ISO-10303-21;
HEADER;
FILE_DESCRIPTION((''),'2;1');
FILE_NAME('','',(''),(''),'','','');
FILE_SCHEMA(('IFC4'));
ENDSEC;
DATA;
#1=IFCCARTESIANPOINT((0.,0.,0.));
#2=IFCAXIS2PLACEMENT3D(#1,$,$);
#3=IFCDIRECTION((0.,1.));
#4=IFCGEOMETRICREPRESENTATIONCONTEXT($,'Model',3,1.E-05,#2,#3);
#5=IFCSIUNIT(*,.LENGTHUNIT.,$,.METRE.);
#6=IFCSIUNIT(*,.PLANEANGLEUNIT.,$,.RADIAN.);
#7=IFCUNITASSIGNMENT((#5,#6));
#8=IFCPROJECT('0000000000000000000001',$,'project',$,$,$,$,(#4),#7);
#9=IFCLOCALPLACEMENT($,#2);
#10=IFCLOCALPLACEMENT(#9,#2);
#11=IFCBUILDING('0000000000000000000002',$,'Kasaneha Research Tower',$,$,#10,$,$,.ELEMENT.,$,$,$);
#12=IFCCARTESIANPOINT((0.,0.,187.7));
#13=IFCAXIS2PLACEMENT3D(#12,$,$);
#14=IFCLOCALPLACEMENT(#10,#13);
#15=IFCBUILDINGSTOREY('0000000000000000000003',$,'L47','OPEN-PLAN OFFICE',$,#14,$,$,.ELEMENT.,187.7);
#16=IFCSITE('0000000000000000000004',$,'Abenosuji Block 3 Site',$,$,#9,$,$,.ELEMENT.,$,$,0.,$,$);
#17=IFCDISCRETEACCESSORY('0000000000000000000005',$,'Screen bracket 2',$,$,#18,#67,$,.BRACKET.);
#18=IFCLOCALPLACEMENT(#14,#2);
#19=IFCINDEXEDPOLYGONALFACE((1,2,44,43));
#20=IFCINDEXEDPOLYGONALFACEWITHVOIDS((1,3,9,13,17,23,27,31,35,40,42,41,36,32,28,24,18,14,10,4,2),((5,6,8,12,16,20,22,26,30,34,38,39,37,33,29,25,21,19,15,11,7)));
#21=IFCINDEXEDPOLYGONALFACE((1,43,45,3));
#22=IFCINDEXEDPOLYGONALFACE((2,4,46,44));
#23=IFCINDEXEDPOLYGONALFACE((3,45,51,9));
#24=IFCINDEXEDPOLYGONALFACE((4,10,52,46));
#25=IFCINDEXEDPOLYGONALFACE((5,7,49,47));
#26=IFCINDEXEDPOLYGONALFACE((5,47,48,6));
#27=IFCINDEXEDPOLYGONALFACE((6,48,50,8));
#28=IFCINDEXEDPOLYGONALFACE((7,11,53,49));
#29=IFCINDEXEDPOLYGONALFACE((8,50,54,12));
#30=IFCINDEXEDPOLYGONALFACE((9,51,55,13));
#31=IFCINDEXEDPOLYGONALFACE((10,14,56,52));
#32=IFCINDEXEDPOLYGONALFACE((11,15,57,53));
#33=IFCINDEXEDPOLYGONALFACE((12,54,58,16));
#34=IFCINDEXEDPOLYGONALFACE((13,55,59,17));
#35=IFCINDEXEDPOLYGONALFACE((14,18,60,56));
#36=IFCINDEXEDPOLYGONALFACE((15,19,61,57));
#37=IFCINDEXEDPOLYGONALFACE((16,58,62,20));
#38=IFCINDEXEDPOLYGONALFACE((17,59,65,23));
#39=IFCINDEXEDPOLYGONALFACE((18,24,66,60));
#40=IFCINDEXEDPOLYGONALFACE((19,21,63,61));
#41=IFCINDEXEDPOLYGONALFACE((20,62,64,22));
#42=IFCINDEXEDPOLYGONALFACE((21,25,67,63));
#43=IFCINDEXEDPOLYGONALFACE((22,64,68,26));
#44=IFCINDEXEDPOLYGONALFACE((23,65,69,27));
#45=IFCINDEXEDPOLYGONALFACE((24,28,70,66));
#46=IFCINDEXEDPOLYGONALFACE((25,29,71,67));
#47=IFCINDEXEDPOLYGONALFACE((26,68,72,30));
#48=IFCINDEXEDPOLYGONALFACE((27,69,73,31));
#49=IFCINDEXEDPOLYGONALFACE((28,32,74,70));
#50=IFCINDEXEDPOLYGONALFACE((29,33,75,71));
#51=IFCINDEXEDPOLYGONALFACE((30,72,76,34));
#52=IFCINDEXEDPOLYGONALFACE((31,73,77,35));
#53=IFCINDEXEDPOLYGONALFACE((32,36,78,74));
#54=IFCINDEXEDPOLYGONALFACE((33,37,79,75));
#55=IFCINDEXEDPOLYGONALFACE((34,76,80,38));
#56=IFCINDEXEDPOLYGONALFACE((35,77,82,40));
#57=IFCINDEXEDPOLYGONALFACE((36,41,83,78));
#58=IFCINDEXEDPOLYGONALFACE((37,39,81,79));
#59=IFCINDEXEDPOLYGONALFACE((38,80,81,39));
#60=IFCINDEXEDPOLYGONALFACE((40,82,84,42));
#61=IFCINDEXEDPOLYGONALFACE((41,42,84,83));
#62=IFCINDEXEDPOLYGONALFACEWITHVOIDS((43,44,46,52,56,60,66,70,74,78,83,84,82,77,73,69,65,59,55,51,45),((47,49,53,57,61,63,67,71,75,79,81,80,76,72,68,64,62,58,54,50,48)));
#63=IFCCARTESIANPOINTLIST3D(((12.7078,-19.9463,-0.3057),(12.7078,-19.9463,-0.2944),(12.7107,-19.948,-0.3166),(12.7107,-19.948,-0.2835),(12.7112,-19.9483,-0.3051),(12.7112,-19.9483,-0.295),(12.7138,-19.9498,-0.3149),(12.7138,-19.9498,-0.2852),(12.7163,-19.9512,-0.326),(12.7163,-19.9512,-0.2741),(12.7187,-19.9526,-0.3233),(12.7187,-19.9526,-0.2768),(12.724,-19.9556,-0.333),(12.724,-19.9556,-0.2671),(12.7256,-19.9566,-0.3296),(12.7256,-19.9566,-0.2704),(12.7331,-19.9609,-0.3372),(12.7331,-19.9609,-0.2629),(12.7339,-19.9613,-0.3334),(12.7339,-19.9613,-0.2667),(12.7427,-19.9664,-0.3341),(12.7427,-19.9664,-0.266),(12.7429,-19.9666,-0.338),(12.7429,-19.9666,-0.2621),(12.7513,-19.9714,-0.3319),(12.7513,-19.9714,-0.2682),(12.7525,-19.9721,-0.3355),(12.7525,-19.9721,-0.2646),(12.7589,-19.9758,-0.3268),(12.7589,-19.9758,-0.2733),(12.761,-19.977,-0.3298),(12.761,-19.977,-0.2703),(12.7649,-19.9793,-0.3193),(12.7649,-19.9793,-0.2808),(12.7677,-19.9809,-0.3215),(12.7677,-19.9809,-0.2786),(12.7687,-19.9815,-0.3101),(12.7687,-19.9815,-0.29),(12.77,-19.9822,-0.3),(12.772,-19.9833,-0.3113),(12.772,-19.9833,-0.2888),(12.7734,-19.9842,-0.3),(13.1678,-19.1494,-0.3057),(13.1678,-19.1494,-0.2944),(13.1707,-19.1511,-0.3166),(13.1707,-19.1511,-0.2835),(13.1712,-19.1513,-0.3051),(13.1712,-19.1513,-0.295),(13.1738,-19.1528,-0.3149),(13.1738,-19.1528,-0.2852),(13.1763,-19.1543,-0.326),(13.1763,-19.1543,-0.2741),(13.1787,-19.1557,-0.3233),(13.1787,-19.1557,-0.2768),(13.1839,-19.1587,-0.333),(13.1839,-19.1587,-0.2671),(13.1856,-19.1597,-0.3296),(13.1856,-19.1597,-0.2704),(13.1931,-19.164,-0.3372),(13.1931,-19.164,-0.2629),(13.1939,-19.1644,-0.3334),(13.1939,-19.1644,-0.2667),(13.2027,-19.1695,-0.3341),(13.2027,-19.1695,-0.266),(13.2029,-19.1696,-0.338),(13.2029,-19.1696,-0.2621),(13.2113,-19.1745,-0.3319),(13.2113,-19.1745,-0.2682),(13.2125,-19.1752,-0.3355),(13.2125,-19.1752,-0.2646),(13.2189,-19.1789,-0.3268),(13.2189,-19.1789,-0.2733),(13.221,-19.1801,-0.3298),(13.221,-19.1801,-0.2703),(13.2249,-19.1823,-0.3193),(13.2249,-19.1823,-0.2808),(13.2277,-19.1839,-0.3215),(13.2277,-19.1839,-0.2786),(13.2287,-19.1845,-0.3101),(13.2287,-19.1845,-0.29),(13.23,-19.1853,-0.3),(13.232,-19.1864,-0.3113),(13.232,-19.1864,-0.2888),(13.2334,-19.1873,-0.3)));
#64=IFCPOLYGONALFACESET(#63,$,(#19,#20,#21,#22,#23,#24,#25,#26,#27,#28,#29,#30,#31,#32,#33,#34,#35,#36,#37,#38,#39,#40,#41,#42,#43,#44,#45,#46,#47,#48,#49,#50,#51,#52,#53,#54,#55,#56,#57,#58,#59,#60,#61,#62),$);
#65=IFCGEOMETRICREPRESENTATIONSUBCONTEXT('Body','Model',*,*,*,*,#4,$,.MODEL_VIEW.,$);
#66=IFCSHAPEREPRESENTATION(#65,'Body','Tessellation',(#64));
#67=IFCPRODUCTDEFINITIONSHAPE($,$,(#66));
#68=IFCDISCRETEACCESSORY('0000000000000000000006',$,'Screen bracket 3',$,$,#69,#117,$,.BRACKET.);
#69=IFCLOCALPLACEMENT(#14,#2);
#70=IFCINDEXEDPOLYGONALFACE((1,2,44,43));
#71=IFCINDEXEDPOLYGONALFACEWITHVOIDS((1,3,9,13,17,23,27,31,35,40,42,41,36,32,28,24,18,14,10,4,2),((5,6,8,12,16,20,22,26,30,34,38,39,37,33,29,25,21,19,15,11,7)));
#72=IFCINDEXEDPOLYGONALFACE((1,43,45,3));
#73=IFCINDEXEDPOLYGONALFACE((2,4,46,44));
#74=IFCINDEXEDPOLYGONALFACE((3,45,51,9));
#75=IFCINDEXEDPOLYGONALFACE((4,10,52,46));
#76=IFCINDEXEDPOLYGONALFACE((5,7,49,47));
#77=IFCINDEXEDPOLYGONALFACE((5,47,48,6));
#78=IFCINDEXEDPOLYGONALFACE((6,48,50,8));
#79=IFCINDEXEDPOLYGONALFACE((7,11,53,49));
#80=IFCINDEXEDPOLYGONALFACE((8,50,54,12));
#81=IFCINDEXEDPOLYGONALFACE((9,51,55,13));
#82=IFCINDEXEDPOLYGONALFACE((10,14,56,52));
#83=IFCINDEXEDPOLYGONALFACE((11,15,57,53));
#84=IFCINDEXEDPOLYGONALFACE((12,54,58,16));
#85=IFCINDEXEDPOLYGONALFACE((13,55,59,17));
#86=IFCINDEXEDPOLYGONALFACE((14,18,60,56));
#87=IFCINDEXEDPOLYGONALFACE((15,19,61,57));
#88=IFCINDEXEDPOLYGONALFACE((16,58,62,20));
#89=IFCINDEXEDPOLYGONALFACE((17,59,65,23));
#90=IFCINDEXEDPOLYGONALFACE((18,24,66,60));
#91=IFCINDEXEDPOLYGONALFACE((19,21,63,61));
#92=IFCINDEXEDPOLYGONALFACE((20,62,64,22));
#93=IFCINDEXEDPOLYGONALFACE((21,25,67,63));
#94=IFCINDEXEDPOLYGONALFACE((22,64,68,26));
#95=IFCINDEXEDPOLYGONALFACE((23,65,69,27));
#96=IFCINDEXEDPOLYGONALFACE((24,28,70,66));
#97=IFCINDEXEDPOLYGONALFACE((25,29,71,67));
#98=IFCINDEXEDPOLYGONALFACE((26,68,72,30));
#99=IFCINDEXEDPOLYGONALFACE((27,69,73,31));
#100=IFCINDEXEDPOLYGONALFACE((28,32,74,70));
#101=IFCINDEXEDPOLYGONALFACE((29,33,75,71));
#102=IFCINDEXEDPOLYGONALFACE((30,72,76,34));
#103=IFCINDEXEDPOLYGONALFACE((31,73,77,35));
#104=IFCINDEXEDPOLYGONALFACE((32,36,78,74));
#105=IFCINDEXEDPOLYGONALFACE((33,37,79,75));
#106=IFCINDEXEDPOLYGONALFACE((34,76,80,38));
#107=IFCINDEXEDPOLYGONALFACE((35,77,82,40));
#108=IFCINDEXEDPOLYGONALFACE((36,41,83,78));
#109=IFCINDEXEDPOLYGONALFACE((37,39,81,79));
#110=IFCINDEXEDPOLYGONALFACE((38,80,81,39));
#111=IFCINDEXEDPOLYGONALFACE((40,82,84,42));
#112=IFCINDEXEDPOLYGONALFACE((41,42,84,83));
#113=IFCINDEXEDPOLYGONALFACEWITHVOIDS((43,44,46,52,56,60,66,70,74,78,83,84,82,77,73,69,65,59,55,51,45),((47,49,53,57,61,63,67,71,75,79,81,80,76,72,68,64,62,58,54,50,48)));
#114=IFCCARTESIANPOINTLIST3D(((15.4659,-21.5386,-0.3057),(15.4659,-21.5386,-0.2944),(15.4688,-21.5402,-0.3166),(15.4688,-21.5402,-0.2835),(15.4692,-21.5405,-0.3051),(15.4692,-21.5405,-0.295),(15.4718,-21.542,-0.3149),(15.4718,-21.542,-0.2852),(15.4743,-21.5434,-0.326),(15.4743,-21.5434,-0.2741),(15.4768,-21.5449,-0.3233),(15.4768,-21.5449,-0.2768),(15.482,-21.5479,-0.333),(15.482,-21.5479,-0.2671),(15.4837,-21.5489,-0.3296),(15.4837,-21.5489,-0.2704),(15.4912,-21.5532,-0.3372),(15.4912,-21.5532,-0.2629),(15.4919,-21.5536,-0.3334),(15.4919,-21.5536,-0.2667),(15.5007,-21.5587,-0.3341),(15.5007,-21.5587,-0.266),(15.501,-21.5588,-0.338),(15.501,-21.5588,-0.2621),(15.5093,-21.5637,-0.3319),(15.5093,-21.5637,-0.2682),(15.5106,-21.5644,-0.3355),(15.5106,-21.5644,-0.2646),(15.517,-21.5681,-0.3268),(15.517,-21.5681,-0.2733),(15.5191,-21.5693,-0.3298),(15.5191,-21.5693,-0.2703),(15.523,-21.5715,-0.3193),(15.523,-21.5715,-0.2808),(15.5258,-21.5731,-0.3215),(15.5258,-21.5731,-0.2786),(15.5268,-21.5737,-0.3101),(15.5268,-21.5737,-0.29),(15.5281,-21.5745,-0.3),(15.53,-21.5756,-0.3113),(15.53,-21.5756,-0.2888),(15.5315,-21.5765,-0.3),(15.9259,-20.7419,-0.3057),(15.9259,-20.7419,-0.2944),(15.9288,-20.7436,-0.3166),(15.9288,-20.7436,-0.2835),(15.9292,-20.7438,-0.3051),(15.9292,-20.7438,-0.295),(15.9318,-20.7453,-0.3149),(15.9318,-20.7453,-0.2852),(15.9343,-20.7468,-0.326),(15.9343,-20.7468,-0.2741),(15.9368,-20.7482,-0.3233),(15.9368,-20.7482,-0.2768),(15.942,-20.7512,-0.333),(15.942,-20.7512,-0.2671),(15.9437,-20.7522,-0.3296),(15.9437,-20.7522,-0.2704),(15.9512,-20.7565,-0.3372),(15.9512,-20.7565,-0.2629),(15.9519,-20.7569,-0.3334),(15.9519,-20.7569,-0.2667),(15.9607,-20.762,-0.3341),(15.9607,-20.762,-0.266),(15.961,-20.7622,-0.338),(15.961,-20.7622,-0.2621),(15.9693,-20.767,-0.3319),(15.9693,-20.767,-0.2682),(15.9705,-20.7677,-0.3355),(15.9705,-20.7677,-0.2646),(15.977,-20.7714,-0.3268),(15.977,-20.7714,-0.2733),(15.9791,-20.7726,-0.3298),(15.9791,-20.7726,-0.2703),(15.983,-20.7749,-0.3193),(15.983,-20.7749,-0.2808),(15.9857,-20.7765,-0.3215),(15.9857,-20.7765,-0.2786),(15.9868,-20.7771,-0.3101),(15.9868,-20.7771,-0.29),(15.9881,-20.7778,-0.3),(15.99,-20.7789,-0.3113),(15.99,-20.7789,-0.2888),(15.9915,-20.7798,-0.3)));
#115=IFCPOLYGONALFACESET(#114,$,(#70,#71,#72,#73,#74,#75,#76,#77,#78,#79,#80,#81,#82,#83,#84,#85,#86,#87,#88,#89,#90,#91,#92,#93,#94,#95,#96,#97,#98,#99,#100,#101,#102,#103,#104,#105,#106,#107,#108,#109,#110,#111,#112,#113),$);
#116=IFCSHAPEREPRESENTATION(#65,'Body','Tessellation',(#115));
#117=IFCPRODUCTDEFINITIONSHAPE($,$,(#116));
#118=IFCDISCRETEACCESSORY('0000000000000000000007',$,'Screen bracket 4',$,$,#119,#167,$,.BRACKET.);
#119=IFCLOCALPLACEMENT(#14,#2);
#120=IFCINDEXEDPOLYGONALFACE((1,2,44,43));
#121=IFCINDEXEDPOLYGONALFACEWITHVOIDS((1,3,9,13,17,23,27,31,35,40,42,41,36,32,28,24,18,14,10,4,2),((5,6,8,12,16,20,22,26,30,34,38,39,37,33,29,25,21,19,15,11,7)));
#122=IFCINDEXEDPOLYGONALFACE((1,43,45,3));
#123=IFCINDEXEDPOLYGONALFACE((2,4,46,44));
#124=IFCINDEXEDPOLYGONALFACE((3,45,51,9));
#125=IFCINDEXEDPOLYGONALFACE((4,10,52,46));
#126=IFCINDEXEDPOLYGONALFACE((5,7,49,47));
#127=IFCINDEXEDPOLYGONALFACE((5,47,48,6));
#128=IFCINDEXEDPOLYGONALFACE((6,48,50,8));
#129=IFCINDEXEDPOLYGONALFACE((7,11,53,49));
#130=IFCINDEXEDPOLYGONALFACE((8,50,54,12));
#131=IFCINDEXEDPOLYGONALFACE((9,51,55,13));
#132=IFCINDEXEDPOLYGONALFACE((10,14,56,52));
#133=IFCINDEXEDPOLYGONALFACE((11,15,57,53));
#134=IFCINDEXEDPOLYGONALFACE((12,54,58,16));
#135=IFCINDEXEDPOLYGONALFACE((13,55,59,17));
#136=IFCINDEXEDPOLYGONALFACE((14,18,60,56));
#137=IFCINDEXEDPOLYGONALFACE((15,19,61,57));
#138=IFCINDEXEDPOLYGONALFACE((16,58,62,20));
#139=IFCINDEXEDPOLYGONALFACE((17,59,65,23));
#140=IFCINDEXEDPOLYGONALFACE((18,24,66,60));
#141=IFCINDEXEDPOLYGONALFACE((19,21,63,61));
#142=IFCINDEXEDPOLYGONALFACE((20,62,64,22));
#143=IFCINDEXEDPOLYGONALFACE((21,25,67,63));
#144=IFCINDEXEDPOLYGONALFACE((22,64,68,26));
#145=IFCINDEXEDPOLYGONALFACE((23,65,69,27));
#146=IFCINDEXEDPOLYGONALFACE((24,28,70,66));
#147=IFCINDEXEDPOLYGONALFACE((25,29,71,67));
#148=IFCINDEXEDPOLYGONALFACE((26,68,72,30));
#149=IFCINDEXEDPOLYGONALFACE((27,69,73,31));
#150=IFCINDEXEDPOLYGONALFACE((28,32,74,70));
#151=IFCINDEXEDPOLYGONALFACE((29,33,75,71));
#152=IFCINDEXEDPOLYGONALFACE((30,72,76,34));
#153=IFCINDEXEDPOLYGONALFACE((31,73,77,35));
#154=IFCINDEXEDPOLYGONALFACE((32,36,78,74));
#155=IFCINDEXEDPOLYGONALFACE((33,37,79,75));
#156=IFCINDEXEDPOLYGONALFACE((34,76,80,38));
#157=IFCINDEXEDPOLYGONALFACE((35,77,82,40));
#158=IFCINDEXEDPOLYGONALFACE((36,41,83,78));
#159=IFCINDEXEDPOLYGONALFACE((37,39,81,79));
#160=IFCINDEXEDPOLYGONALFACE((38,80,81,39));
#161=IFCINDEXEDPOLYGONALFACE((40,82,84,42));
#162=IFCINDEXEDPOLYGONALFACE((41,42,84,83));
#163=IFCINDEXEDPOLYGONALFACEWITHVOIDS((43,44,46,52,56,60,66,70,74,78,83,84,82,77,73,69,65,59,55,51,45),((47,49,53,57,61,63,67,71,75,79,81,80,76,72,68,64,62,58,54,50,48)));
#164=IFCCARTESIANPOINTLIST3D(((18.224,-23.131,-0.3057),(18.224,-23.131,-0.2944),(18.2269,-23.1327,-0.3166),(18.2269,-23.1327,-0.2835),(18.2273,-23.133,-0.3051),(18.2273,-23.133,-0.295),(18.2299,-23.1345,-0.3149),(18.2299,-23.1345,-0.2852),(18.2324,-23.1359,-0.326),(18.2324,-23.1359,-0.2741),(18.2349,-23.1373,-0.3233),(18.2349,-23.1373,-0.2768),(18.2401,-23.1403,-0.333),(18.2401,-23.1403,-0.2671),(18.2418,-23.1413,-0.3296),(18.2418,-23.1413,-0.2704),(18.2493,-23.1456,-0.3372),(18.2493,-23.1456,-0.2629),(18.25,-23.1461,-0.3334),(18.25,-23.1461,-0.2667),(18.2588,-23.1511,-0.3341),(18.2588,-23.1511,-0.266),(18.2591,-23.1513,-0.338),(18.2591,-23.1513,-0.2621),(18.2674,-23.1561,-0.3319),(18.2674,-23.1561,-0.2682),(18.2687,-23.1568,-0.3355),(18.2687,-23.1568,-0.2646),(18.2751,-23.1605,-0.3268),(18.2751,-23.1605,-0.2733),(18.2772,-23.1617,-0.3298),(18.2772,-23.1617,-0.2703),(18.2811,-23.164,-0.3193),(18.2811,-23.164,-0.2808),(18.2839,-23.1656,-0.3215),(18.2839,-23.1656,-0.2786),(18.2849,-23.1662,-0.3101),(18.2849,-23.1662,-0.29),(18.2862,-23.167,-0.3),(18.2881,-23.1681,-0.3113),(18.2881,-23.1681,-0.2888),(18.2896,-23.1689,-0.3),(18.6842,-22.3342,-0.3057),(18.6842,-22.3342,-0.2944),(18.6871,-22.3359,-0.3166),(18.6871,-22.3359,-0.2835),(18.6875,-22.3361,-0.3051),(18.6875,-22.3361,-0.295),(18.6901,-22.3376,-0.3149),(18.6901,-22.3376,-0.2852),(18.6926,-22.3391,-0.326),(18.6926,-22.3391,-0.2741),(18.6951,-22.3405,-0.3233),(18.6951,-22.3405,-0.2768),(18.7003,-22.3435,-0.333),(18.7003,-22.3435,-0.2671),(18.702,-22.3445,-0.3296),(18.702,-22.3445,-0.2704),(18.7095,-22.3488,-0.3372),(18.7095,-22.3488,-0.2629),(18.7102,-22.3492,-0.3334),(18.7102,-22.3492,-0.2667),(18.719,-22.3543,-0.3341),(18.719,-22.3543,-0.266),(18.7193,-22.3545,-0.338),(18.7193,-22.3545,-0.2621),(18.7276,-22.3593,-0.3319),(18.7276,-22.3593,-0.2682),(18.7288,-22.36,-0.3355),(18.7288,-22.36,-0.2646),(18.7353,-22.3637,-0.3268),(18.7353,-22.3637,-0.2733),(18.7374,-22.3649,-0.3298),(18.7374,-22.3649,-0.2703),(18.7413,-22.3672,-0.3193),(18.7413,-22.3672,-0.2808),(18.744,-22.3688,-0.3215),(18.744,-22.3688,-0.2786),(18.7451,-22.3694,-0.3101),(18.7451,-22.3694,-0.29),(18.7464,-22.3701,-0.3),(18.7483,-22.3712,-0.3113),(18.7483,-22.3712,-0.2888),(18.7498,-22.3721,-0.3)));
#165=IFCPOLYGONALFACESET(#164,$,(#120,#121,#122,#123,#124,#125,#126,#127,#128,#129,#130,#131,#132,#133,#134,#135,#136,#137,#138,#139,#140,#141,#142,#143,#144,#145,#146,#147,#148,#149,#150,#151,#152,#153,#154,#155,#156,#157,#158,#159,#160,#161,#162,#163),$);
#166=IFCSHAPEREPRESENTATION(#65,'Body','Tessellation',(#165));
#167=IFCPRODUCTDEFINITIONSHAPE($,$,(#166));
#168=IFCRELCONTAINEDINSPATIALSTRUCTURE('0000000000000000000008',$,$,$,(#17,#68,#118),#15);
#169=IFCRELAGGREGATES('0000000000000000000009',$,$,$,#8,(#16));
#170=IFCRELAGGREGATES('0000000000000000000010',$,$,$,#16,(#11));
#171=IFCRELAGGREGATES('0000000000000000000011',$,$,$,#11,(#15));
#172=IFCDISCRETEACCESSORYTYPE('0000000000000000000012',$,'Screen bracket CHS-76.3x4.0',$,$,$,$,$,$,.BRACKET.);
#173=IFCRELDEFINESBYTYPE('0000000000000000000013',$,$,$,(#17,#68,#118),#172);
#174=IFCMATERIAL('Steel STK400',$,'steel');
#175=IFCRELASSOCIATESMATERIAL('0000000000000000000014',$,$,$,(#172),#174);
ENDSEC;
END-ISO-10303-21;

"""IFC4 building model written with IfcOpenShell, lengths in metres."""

from ifc_helpers import new_model, si_unit, direction, frame, origin, origin_2d, place, context, subcontext, project, spatial, hollow_circle, extrude, material, material_profile, profile_set, type_object, element, save


model = new_model("IFC4")

# Units and contexts
model_context = context("Model", 3, precision=1e-05, world=origin(), true_north=direction((0.0, 1.0)))
body_context = subcontext(model_context, "Body", "Model", "MODEL_VIEW")
ifc_project = project(units=[si_unit("LENGTHUNIT", "METRE"), si_unit("PLANEANGLEUNIT", "RADIAN")], contexts=[model_context])

# Site, building, storey
site_placement = place(None, origin())
site = spatial("IfcSite", under=ifc_project, at=site_placement, Name="Abenosuji Block 3 Site", CompositionType="ELEMENT", RefElevation=0.0)
building_placement = place(site_placement, origin())
building = spatial("IfcBuilding", under=site, at=building_placement, Name="Kasaneha Research Tower", CompositionType="ELEMENT")
storey_placement = place(building_placement, frame((0.0, 0.0, 187.7)))
storey = spatial("IfcBuildingStorey", under=building, at=storey_placement, Name="L47", Description="OPEN-PLAN OFFICE", CompositionType="ELEMENT", Elevation=187.7)

# Discrete accessories
ifc_material_1 = material(Name="Steel STK400", Category="steel")
ifc_material_profile_1 = material_profile(ifc_material_1, hollow_circle(Radius=0.0381, WallThickness=0.0039, at=origin_2d()), Name="CHS-76.3x4.0")
ifc_profile_set_1 = profile_set([ifc_material_profile_1], Name="Steel STK400")
discrete_accessory_type = type_object("IfcDiscreteAccessoryType", Name="Screen bracket CHS-76.3x4.0", PredefinedType="BRACKET", material=ifc_profile_set_1)
discrete_accessory_1_placement = place(storey_placement, frame((13.2004, -19.1682, -0.3), z_axis=(-0.499906, -0.86608, 0.0), x_axis=(0.86608, -0.499906, 0.0)))
element("IfcDiscreteAccessory", 1, at=discrete_accessory_1_placement, inside=storey, type_object=discrete_accessory_type, Name="Screen bracket 2", PredefinedType="BRACKET", context=body_context, shape_type="SweptSolid", body=[
    extrude(hollow_circle(Radius=0.0381, WallThickness=0.0039, at=origin_2d()), origin(), (0.0, 0.0, 1.0), 0.9202),
])
discrete_accessory_2_placement = place(storey_placement, frame((15.9585, -20.7607, -0.3), z_axis=(-0.500021, -0.866013, 0.0), x_axis=(0.866013, -0.500021, 0.0)))
element("IfcDiscreteAccessory", 2, at=discrete_accessory_2_placement, inside=storey, type_object=discrete_accessory_type, Name="Screen bracket 3", PredefinedType="BRACKET", context=body_context, shape_type="SweptSolid", body=[
    extrude(hollow_circle(Radius=0.0381, WallThickness=0.0039, at=origin_2d()), origin(), (0.0, 0.0, 1.0), 0.9199),
])
discrete_accessory_3_placement = place(storey_placement, frame((18.7168, -22.353, -0.3), z_axis=(-0.500105, -0.865965, 0.0), x_axis=(0.865965, -0.500105, 0.0)))
element("IfcDiscreteAccessory", 3, at=discrete_accessory_3_placement, inside=storey, type_object=discrete_accessory_type, Name="Screen bracket 4", PredefinedType="BRACKET", context=body_context, shape_type="SweptSolid", body=[
    extrude(hollow_circle(Radius=0.0381, WallThickness=0.0039, at=origin_2d()), origin(), (0.0, 0.0, 1.0), 0.9202),
])

save(model, "model.ifc")
